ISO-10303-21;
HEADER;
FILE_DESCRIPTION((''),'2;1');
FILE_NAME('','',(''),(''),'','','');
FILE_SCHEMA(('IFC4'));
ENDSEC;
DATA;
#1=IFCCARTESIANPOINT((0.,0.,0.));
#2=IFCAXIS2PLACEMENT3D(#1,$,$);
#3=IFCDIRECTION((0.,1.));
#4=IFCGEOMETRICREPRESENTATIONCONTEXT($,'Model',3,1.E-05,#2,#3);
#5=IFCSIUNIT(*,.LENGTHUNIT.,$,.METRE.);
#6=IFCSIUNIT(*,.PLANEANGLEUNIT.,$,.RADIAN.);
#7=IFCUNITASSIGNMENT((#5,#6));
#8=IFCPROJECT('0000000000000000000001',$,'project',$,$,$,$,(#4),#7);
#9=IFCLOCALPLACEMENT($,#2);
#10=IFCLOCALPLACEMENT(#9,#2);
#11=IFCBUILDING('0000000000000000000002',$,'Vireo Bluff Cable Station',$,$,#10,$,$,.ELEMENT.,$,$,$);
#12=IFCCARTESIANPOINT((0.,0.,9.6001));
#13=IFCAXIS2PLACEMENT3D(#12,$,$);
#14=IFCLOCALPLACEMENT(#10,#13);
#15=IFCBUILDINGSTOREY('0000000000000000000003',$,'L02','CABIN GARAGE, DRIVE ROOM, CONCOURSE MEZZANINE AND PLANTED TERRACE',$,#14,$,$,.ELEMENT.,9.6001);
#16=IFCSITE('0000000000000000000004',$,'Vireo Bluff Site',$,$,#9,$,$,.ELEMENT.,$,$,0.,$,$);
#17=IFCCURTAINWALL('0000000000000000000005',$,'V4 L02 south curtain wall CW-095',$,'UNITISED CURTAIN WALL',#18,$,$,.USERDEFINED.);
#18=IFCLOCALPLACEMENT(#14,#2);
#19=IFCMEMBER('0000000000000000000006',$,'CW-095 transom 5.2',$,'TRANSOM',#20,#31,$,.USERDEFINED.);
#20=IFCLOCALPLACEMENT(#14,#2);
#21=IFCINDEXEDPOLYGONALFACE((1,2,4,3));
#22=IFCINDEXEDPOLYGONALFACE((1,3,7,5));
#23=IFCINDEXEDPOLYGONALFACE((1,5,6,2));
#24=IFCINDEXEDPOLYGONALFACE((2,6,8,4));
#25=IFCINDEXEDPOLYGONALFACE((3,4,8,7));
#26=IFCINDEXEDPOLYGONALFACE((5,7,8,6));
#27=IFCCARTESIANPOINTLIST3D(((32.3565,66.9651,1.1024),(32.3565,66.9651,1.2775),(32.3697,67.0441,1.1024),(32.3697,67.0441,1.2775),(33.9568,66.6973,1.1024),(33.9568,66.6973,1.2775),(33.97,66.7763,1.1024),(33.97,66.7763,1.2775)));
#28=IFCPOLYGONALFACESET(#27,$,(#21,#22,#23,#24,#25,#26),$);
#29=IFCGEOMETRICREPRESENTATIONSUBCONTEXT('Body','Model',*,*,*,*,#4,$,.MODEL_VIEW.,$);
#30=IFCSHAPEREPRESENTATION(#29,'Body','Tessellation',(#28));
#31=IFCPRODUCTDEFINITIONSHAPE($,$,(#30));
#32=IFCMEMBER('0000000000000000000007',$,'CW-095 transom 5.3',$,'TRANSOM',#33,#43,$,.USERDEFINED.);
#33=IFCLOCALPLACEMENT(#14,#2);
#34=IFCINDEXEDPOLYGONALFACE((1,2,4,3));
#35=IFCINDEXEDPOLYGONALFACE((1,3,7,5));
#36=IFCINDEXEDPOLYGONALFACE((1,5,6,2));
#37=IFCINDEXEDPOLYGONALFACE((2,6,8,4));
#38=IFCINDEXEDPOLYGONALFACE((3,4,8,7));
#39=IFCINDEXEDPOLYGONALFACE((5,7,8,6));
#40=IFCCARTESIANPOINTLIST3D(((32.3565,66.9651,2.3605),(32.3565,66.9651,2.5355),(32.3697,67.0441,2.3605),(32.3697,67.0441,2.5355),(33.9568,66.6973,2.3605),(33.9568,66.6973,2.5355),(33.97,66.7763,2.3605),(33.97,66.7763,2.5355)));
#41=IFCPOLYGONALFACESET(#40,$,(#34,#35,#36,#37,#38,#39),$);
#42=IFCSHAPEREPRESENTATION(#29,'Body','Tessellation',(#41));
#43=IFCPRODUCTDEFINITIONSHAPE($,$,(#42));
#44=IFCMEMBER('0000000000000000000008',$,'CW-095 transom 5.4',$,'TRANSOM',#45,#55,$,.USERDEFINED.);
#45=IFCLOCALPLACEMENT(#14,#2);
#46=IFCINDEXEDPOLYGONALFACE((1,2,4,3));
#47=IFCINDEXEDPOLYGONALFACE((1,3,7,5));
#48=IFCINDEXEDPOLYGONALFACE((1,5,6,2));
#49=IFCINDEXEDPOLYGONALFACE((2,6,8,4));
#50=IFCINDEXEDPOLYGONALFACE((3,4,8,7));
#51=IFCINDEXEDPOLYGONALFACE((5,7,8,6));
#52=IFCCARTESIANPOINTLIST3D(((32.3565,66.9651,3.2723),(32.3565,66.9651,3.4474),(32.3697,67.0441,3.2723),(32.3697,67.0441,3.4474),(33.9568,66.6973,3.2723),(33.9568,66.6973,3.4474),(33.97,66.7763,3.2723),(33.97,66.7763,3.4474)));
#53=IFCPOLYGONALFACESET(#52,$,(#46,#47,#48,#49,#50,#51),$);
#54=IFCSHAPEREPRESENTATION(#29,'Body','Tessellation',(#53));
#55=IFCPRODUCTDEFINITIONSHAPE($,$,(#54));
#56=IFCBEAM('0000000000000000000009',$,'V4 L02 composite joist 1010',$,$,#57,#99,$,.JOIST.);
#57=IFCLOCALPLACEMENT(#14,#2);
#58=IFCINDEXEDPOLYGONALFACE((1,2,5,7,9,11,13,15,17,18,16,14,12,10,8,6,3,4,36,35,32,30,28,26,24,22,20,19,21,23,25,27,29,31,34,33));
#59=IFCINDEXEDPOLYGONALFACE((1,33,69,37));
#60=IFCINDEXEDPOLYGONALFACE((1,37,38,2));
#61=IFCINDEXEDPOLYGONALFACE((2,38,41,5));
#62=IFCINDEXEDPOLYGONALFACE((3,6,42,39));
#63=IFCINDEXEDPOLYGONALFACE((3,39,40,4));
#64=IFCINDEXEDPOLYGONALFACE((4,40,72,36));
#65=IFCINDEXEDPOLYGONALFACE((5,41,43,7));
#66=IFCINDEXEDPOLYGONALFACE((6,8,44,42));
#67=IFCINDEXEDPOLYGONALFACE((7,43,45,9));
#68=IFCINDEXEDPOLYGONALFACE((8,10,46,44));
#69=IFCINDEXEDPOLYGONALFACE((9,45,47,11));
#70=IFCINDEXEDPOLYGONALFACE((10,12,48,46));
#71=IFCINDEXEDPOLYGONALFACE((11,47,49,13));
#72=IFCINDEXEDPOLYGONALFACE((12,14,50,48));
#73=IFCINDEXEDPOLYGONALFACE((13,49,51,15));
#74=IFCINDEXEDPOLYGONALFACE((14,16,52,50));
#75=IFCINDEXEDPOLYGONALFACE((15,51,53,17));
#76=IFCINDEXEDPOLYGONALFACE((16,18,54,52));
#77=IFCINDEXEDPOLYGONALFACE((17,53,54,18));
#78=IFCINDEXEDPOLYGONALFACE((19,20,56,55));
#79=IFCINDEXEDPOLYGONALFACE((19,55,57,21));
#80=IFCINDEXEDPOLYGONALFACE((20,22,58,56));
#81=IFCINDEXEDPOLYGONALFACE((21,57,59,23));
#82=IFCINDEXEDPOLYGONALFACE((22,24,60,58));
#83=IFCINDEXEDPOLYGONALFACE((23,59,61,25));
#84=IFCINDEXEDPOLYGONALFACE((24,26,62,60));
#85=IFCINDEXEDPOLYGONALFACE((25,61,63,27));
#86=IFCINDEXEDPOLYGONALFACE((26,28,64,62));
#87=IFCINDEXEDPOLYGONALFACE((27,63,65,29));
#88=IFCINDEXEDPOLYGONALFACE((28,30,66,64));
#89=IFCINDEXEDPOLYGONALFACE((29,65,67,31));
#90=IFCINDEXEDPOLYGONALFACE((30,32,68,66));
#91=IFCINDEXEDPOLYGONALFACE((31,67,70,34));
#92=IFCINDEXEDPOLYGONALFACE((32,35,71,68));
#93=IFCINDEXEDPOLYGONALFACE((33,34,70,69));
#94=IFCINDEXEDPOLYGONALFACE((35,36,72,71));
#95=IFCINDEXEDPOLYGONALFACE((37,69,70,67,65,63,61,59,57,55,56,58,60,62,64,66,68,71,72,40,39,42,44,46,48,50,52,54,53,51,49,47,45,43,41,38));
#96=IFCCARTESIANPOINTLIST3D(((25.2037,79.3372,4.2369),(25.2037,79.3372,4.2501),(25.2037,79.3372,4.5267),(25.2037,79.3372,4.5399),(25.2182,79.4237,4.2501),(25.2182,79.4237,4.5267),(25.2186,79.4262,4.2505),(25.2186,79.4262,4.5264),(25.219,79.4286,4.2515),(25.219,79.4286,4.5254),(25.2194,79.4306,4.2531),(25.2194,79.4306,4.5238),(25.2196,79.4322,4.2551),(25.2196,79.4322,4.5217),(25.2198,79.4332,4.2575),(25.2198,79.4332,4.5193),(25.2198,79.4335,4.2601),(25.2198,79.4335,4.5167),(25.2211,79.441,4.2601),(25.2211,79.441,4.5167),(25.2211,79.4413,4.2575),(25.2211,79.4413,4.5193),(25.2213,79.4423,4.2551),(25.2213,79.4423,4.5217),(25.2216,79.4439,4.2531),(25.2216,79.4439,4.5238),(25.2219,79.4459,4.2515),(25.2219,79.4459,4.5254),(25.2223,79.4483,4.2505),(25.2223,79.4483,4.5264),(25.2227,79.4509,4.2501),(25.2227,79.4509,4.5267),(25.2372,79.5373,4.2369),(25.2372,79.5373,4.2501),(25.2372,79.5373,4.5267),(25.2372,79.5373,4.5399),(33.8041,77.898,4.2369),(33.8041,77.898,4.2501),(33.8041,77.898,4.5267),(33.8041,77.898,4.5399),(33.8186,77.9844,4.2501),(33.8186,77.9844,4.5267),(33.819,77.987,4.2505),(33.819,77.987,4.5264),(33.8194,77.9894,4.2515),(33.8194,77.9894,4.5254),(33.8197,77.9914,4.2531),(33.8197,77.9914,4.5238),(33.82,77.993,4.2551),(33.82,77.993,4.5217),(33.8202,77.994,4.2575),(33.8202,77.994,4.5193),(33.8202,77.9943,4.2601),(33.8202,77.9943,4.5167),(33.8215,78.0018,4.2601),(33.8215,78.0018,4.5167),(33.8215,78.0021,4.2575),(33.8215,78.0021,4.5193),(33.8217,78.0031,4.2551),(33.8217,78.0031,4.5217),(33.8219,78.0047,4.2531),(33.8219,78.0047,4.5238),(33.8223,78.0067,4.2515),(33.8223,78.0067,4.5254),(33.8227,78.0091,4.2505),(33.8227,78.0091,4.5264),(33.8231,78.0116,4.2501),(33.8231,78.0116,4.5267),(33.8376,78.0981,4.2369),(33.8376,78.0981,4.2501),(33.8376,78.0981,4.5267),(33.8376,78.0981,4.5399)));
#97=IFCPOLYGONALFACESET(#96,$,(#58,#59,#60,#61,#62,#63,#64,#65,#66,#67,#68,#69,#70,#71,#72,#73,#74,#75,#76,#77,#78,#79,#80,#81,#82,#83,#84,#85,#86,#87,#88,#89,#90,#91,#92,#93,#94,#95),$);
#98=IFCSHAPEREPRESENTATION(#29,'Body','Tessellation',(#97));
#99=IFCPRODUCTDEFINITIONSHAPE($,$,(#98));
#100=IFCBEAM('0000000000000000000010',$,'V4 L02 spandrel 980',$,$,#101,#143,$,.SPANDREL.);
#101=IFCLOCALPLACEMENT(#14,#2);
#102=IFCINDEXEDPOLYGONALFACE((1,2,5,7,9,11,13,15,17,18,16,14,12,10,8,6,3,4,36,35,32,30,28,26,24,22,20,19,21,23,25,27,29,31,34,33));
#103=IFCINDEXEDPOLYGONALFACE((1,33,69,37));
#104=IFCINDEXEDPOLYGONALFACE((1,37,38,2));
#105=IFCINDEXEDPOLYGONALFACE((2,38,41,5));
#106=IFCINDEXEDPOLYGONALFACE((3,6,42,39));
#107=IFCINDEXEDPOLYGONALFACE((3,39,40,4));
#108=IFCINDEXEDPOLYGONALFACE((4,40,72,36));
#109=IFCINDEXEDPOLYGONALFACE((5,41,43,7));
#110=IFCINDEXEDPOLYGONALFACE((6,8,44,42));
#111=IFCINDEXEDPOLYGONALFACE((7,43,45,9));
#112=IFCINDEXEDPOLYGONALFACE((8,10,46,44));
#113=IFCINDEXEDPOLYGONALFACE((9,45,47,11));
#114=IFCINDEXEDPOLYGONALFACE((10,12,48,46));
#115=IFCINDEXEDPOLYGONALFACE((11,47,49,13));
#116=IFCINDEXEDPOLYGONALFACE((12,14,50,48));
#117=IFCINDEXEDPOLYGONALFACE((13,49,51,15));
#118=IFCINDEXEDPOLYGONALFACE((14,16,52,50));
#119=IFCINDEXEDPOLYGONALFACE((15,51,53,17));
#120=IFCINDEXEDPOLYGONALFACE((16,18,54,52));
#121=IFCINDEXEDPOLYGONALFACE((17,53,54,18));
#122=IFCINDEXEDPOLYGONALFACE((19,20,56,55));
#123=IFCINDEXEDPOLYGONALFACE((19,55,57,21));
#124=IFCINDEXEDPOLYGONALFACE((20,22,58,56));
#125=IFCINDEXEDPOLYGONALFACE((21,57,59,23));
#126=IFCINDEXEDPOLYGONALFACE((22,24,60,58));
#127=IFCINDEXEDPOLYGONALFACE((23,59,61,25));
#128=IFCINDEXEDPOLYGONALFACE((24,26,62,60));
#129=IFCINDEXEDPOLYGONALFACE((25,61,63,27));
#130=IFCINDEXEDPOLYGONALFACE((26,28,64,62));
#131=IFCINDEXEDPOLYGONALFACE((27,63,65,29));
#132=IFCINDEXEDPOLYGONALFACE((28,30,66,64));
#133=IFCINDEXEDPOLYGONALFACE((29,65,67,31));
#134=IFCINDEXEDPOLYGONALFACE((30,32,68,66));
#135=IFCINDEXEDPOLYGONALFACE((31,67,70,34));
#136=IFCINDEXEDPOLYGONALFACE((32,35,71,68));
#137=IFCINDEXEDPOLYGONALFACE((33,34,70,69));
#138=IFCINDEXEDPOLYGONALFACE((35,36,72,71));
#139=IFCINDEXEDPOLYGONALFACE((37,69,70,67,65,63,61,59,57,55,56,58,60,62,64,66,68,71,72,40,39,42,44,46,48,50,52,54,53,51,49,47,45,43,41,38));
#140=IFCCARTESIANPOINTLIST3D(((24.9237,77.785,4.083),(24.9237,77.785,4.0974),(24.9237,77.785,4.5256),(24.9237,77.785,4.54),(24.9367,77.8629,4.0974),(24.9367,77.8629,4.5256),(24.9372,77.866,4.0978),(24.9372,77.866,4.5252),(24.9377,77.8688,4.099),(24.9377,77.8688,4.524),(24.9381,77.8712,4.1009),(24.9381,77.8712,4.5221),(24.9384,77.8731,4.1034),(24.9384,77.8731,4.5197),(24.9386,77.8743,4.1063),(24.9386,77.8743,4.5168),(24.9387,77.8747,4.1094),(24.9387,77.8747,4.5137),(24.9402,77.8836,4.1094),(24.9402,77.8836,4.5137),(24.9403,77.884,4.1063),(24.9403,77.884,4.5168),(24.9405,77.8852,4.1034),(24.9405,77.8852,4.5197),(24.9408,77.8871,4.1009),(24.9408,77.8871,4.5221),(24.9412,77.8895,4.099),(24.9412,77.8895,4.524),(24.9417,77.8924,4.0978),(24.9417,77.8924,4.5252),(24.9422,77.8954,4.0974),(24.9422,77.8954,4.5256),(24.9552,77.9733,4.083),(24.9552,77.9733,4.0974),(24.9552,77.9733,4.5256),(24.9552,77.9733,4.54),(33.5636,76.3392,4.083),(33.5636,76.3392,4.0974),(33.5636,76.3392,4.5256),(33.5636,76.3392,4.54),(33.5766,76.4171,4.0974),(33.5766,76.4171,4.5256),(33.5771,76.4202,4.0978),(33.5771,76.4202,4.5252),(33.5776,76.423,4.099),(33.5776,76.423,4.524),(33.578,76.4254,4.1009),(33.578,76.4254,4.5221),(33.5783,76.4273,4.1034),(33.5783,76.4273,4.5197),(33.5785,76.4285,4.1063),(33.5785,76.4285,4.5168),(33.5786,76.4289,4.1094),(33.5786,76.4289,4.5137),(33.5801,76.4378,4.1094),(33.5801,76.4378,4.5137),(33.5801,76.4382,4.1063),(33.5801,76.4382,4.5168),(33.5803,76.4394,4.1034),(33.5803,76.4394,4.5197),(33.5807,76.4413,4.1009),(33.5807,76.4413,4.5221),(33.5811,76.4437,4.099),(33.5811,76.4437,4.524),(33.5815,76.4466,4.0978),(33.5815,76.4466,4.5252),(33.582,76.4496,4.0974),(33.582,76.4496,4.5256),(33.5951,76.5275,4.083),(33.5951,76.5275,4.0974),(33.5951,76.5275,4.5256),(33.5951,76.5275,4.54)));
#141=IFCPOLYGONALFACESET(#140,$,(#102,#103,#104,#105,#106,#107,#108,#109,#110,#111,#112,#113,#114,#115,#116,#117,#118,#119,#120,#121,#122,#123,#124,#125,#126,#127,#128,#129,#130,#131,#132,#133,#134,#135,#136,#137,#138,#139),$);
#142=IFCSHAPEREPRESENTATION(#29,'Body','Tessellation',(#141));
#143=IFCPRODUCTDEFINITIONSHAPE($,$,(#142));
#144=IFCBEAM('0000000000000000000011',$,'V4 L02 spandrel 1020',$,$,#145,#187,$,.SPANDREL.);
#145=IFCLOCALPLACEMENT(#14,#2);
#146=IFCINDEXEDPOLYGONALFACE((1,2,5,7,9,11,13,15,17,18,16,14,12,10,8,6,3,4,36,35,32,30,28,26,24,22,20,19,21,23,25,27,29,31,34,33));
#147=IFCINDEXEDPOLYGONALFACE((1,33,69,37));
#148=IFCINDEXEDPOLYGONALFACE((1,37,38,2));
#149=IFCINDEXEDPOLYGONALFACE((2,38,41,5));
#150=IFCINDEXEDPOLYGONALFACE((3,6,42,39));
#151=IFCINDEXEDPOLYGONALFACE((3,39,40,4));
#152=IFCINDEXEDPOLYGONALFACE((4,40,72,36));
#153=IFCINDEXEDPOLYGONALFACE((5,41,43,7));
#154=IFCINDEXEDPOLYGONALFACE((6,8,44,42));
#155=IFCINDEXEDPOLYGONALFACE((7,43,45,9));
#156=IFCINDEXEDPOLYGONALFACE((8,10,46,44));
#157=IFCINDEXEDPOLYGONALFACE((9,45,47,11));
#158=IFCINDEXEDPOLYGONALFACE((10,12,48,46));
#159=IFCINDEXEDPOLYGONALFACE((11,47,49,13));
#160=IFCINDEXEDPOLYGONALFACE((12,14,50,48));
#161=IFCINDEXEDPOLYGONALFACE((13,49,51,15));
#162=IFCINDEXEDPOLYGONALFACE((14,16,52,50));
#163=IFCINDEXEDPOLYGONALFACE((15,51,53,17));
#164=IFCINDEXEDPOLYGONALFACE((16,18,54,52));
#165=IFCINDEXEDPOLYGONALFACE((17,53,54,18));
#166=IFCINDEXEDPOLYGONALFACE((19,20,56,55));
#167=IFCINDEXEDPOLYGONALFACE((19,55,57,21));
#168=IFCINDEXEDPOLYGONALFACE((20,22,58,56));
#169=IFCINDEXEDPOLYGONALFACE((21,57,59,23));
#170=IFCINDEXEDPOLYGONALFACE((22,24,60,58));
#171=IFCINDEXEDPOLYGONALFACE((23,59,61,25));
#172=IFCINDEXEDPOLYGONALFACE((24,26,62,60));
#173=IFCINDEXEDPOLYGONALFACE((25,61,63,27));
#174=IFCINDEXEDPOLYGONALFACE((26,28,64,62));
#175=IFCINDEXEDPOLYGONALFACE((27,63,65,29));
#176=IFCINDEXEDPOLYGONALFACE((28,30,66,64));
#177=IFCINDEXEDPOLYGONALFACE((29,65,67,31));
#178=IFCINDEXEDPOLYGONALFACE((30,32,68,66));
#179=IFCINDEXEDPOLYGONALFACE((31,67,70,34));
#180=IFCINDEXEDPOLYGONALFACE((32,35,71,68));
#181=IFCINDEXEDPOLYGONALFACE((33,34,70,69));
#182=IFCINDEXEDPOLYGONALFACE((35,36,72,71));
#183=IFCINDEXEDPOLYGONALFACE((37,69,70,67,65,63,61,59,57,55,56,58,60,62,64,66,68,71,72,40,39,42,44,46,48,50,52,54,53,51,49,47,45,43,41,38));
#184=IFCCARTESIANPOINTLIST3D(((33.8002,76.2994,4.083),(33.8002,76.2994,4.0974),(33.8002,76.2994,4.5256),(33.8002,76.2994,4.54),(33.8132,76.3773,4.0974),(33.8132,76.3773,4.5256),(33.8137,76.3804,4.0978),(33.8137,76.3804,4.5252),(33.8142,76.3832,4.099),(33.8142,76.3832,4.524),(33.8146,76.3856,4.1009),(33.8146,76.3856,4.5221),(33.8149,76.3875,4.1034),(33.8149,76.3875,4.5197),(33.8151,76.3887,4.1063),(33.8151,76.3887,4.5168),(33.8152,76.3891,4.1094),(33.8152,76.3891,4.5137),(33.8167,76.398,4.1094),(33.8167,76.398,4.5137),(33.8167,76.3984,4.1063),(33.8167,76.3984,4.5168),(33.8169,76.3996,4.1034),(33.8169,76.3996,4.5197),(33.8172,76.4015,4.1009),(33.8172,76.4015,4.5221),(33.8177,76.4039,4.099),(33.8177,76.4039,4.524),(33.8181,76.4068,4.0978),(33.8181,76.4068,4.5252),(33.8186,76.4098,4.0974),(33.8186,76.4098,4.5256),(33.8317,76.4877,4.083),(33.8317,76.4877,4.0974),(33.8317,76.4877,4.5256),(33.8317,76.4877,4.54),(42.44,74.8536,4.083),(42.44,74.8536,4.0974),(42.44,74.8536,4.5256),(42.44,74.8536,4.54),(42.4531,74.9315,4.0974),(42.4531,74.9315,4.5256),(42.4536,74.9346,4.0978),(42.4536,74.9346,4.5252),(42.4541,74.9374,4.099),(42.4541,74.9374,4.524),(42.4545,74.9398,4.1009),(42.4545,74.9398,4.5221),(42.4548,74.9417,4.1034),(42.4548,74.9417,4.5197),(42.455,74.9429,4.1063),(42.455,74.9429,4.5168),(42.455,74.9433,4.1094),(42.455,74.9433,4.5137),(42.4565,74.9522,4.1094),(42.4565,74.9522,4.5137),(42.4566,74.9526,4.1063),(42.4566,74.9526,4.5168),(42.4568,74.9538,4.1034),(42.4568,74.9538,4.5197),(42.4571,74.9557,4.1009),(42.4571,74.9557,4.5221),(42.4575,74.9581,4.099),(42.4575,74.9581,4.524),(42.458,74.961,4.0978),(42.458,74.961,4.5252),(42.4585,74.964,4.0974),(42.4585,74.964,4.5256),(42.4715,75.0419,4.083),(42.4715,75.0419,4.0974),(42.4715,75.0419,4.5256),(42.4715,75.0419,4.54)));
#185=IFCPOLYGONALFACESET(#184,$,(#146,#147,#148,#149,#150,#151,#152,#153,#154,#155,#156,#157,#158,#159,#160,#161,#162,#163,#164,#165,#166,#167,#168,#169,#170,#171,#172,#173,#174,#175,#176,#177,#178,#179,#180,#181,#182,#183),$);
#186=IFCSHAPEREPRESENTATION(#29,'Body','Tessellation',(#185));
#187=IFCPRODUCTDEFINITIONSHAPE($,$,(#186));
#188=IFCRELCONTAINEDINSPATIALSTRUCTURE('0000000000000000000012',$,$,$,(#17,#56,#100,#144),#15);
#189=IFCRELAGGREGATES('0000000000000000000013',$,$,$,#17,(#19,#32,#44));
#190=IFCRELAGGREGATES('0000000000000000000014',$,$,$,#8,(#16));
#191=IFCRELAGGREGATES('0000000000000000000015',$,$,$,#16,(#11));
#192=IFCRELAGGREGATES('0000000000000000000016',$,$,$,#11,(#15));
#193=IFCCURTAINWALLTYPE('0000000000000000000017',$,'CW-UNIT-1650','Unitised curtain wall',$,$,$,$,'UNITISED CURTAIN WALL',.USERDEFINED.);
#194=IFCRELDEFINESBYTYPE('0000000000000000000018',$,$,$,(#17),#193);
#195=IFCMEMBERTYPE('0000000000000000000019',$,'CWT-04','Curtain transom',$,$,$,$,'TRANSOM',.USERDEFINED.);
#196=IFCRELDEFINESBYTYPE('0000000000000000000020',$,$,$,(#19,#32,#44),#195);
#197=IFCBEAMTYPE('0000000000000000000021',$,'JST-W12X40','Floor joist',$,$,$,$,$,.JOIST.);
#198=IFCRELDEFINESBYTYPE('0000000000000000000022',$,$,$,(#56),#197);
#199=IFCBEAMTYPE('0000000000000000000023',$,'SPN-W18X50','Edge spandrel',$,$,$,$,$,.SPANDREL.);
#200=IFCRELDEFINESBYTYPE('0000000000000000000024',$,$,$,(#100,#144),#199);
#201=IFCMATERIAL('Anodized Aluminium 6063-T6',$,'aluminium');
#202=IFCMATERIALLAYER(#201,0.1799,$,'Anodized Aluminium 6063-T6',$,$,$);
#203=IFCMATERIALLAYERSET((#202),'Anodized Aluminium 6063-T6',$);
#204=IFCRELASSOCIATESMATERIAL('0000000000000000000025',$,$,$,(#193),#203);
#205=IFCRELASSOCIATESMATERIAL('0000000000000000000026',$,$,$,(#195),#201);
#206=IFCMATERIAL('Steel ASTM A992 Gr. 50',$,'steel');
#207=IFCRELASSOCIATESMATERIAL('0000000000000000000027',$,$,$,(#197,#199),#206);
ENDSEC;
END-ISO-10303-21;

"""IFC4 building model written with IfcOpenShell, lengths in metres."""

from ifc_helpers import new_model, si_unit, direction, frame, origin, origin_2d, place, context, subcontext, project, spatial, rectangle, i_section, extrude, material, layer, layer_set, material_profile, profile_set, type_object, element, aggregate, save


model = new_model("IFC4")

# Units and contexts
model_context = context("Model", 3, precision=1e-05, world=origin(), true_north=direction((0.0, 1.0)))
body_context = subcontext(model_context, "Body", "Model", "MODEL_VIEW")
ifc_project = project(units=[si_unit("LENGTHUNIT", "METRE"), si_unit("PLANEANGLEUNIT", "RADIAN")], contexts=[model_context])

# Site, building, storey
site_placement = place(None, origin())
site = spatial("IfcSite", under=ifc_project, at=site_placement, Name="Vireo Bluff Site", CompositionType="ELEMENT", RefElevation=0.0)
building_placement = place(site_placement, origin())
building = spatial("IfcBuilding", under=site, at=building_placement, Name="Vireo Bluff Cable Station", CompositionType="ELEMENT")
storey_placement = place(building_placement, frame((0.0, 0.0, 9.6001)))
storey = spatial("IfcBuildingStorey", under=building, at=storey_placement, Name="L02", Description="CABIN GARAGE, DRIVE ROOM, CONCOURSE MEZZANINE AND PLANTED TERRACE", CompositionType="ELEMENT", Elevation=9.6001)

# Shared definitions
ifc_material_1 = material(Name="Steel ASTM A992 Gr. 50", Category="steel")

# Curtain wall, members
ifc_material_2 = material(Name="Anodized Aluminium 6063-T6", Category="aluminium")
ifc_layer_1 = layer(ifc_material_2, 0.1799, Name="Anodized Aluminium 6063-T6")
ifc_layer_set_1 = layer_set([ifc_layer_1], Name="Anodized Aluminium 6063-T6")
curtain_wall_type = type_object("IfcCurtainWallType", Name="CW-UNIT-1650", Description="Unitised curtain wall", ElementType="UNITISED CURTAIN WALL", PredefinedType="USERDEFINED", material=ifc_layer_set_1)
curtain_wall_placement = place(storey_placement, origin())
curtain_wall = element("IfcCurtainWall", 1, at=curtain_wall_placement, inside=storey, type_object=curtain_wall_type, Name="V4 L02 south curtain wall CW-095", ObjectType="UNITISED CURTAIN WALL", PredefinedType="USERDEFINED")
ifc_material_profile_1 = material_profile(ifc_material_2, rectangle(XDim=0.0801, YDim=0.175, at=origin_2d()), Name="ALU-T-80X175")
ifc_profile_set_1 = profile_set([ifc_material_profile_1], Name="Anodized Aluminium 6063-T6")
member_type_1 = type_object("IfcMemberType", Name="CWT-04", Description="Curtain transom", ElementType="TRANSOM", PredefinedType="USERDEFINED", material=ifc_profile_set_1)
member_1_placement = place(storey_placement, frame((33.9634, 66.7368, 1.1899), z_axis=(-0.986284, 0.165058, 0.0), x_axis=(-0.165058, -0.986284, 0.0)))
member_1 = element("IfcMember", 2, at=member_1_placement, type_object=member_type_1, Name="CW-095 transom 5.2", ObjectType="TRANSOM", PredefinedType="USERDEFINED", context=body_context, shape_type="SweptSolid", body=[
    extrude(rectangle(XDim=0.0801, YDim=0.175, at=origin_2d()), origin(), (0.0, 0.0, 1.0), 1.6226),
])
member_2_placement = place(storey_placement, frame((33.9634, 66.7368, 2.448), z_axis=(-0.986284, 0.165058, 0.0), x_axis=(-0.165058, -0.986284, 0.0)))
member_2 = element("IfcMember", 3, at=member_2_placement, type_object=member_type_1, Name="CW-095 transom 5.3", ObjectType="TRANSOM", PredefinedType="USERDEFINED", context=body_context, shape_type="SweptSolid", body=[
    extrude(rectangle(XDim=0.0801, YDim=0.175, at=origin_2d()), origin(), (0.0, 0.0, 1.0), 1.6226),
])
member_3_placement = place(storey_placement, frame((33.9634, 66.7368, 3.3599), z_axis=(-0.986284, 0.165058, 0.0), x_axis=(-0.165058, -0.986284, 0.0)))
member_3 = element("IfcMember", 4, at=member_3_placement, type_object=member_type_1, Name="CW-095 transom 5.4", ObjectType="TRANSOM", PredefinedType="USERDEFINED", context=body_context, shape_type="SweptSolid", body=[
    extrude(rectangle(XDim=0.0801, YDim=0.175, at=origin_2d()), origin(), (0.0, 0.0, 1.0), 1.6226),
])

# Beams
ifc_material_profile_2 = material_profile(ifc_material_1, i_section(OverallWidth=0.2029, OverallDepth=0.303, WebThickness=0.0076, FlangeThickness=0.0132, FilletRadius=0.01, at=origin_2d()), Name="W12X40")
ifc_profile_set_2 = profile_set([ifc_material_profile_2], Name="Steel ASTM A992 Gr. 50")
beam_type_1 = type_object("IfcBeamType", Name="JST-W12X40", Description="Floor joist", PredefinedType="JOIST", material=ifc_profile_set_2)
beam_1_placement = place(storey_placement, frame((25.2205, 79.4373, 4.3884), z_axis=(0.986286, -0.165048, 0.0), x_axis=(0.165048, 0.986286, 0.0)))
element("IfcBeam", 5, at=beam_1_placement, inside=storey, type_object=beam_type_1, Name="V4 L02 composite joist 1010", PredefinedType="JOIST", context=body_context, shape_type="SweptSolid", body=[
    extrude(i_section(OverallWidth=0.2029, OverallDepth=0.303, WebThickness=0.0076, FlangeThickness=0.0132, FilletRadius=0.01, at=origin_2d()), origin(), (0.0, 0.0, 1.0), 8.72),
])
ifc_material_profile_3 = material_profile(ifc_material_1, i_section(OverallWidth=0.1909, OverallDepth=0.457, WebThickness=0.009, FlangeThickness=0.0144, FilletRadius=0.012, at=origin_2d()), Name="W18X50")
ifc_profile_set_3 = profile_set([ifc_material_profile_3], Name="Steel ASTM A992 Gr. 50")
beam_type_2 = type_object("IfcBeamType", Name="SPN-W18X50", Description="Edge spandrel", PredefinedType="SPANDREL", material=ifc_profile_set_3)
for number, where, z_axis, x_axis, name in (
    (6, (24.9395, 77.8792, 4.3115), (0.986286, -0.165045, 0.0), (0.165045, 0.986286, 0.0), "V4 L02 spandrel 980"),
    (7, (33.8159, 76.3936, 4.3115), (0.986286, -0.165045, 0.0), (0.165045, 0.986286, 0.0), "V4 L02 spandrel 1020"),
):
    element("IfcBeam", number, at=place(storey_placement, frame(where, z_axis=z_axis, x_axis=x_axis)), inside=storey, type_object=beam_type_2, Name=name, PredefinedType="SPANDREL", context=body_context, shape_type="SweptSolid", body=[
        extrude(i_section(OverallWidth=0.1909, OverallDepth=0.457, WebThickness=0.009, FlangeThickness=0.0144, FilletRadius=0.012, at=origin_2d()), origin(), (0.0, 0.0, 1.0), 8.76),
    ])

aggregate(curtain_wall, [member_1, member_2, member_3])

save(model, "model.ifc")
